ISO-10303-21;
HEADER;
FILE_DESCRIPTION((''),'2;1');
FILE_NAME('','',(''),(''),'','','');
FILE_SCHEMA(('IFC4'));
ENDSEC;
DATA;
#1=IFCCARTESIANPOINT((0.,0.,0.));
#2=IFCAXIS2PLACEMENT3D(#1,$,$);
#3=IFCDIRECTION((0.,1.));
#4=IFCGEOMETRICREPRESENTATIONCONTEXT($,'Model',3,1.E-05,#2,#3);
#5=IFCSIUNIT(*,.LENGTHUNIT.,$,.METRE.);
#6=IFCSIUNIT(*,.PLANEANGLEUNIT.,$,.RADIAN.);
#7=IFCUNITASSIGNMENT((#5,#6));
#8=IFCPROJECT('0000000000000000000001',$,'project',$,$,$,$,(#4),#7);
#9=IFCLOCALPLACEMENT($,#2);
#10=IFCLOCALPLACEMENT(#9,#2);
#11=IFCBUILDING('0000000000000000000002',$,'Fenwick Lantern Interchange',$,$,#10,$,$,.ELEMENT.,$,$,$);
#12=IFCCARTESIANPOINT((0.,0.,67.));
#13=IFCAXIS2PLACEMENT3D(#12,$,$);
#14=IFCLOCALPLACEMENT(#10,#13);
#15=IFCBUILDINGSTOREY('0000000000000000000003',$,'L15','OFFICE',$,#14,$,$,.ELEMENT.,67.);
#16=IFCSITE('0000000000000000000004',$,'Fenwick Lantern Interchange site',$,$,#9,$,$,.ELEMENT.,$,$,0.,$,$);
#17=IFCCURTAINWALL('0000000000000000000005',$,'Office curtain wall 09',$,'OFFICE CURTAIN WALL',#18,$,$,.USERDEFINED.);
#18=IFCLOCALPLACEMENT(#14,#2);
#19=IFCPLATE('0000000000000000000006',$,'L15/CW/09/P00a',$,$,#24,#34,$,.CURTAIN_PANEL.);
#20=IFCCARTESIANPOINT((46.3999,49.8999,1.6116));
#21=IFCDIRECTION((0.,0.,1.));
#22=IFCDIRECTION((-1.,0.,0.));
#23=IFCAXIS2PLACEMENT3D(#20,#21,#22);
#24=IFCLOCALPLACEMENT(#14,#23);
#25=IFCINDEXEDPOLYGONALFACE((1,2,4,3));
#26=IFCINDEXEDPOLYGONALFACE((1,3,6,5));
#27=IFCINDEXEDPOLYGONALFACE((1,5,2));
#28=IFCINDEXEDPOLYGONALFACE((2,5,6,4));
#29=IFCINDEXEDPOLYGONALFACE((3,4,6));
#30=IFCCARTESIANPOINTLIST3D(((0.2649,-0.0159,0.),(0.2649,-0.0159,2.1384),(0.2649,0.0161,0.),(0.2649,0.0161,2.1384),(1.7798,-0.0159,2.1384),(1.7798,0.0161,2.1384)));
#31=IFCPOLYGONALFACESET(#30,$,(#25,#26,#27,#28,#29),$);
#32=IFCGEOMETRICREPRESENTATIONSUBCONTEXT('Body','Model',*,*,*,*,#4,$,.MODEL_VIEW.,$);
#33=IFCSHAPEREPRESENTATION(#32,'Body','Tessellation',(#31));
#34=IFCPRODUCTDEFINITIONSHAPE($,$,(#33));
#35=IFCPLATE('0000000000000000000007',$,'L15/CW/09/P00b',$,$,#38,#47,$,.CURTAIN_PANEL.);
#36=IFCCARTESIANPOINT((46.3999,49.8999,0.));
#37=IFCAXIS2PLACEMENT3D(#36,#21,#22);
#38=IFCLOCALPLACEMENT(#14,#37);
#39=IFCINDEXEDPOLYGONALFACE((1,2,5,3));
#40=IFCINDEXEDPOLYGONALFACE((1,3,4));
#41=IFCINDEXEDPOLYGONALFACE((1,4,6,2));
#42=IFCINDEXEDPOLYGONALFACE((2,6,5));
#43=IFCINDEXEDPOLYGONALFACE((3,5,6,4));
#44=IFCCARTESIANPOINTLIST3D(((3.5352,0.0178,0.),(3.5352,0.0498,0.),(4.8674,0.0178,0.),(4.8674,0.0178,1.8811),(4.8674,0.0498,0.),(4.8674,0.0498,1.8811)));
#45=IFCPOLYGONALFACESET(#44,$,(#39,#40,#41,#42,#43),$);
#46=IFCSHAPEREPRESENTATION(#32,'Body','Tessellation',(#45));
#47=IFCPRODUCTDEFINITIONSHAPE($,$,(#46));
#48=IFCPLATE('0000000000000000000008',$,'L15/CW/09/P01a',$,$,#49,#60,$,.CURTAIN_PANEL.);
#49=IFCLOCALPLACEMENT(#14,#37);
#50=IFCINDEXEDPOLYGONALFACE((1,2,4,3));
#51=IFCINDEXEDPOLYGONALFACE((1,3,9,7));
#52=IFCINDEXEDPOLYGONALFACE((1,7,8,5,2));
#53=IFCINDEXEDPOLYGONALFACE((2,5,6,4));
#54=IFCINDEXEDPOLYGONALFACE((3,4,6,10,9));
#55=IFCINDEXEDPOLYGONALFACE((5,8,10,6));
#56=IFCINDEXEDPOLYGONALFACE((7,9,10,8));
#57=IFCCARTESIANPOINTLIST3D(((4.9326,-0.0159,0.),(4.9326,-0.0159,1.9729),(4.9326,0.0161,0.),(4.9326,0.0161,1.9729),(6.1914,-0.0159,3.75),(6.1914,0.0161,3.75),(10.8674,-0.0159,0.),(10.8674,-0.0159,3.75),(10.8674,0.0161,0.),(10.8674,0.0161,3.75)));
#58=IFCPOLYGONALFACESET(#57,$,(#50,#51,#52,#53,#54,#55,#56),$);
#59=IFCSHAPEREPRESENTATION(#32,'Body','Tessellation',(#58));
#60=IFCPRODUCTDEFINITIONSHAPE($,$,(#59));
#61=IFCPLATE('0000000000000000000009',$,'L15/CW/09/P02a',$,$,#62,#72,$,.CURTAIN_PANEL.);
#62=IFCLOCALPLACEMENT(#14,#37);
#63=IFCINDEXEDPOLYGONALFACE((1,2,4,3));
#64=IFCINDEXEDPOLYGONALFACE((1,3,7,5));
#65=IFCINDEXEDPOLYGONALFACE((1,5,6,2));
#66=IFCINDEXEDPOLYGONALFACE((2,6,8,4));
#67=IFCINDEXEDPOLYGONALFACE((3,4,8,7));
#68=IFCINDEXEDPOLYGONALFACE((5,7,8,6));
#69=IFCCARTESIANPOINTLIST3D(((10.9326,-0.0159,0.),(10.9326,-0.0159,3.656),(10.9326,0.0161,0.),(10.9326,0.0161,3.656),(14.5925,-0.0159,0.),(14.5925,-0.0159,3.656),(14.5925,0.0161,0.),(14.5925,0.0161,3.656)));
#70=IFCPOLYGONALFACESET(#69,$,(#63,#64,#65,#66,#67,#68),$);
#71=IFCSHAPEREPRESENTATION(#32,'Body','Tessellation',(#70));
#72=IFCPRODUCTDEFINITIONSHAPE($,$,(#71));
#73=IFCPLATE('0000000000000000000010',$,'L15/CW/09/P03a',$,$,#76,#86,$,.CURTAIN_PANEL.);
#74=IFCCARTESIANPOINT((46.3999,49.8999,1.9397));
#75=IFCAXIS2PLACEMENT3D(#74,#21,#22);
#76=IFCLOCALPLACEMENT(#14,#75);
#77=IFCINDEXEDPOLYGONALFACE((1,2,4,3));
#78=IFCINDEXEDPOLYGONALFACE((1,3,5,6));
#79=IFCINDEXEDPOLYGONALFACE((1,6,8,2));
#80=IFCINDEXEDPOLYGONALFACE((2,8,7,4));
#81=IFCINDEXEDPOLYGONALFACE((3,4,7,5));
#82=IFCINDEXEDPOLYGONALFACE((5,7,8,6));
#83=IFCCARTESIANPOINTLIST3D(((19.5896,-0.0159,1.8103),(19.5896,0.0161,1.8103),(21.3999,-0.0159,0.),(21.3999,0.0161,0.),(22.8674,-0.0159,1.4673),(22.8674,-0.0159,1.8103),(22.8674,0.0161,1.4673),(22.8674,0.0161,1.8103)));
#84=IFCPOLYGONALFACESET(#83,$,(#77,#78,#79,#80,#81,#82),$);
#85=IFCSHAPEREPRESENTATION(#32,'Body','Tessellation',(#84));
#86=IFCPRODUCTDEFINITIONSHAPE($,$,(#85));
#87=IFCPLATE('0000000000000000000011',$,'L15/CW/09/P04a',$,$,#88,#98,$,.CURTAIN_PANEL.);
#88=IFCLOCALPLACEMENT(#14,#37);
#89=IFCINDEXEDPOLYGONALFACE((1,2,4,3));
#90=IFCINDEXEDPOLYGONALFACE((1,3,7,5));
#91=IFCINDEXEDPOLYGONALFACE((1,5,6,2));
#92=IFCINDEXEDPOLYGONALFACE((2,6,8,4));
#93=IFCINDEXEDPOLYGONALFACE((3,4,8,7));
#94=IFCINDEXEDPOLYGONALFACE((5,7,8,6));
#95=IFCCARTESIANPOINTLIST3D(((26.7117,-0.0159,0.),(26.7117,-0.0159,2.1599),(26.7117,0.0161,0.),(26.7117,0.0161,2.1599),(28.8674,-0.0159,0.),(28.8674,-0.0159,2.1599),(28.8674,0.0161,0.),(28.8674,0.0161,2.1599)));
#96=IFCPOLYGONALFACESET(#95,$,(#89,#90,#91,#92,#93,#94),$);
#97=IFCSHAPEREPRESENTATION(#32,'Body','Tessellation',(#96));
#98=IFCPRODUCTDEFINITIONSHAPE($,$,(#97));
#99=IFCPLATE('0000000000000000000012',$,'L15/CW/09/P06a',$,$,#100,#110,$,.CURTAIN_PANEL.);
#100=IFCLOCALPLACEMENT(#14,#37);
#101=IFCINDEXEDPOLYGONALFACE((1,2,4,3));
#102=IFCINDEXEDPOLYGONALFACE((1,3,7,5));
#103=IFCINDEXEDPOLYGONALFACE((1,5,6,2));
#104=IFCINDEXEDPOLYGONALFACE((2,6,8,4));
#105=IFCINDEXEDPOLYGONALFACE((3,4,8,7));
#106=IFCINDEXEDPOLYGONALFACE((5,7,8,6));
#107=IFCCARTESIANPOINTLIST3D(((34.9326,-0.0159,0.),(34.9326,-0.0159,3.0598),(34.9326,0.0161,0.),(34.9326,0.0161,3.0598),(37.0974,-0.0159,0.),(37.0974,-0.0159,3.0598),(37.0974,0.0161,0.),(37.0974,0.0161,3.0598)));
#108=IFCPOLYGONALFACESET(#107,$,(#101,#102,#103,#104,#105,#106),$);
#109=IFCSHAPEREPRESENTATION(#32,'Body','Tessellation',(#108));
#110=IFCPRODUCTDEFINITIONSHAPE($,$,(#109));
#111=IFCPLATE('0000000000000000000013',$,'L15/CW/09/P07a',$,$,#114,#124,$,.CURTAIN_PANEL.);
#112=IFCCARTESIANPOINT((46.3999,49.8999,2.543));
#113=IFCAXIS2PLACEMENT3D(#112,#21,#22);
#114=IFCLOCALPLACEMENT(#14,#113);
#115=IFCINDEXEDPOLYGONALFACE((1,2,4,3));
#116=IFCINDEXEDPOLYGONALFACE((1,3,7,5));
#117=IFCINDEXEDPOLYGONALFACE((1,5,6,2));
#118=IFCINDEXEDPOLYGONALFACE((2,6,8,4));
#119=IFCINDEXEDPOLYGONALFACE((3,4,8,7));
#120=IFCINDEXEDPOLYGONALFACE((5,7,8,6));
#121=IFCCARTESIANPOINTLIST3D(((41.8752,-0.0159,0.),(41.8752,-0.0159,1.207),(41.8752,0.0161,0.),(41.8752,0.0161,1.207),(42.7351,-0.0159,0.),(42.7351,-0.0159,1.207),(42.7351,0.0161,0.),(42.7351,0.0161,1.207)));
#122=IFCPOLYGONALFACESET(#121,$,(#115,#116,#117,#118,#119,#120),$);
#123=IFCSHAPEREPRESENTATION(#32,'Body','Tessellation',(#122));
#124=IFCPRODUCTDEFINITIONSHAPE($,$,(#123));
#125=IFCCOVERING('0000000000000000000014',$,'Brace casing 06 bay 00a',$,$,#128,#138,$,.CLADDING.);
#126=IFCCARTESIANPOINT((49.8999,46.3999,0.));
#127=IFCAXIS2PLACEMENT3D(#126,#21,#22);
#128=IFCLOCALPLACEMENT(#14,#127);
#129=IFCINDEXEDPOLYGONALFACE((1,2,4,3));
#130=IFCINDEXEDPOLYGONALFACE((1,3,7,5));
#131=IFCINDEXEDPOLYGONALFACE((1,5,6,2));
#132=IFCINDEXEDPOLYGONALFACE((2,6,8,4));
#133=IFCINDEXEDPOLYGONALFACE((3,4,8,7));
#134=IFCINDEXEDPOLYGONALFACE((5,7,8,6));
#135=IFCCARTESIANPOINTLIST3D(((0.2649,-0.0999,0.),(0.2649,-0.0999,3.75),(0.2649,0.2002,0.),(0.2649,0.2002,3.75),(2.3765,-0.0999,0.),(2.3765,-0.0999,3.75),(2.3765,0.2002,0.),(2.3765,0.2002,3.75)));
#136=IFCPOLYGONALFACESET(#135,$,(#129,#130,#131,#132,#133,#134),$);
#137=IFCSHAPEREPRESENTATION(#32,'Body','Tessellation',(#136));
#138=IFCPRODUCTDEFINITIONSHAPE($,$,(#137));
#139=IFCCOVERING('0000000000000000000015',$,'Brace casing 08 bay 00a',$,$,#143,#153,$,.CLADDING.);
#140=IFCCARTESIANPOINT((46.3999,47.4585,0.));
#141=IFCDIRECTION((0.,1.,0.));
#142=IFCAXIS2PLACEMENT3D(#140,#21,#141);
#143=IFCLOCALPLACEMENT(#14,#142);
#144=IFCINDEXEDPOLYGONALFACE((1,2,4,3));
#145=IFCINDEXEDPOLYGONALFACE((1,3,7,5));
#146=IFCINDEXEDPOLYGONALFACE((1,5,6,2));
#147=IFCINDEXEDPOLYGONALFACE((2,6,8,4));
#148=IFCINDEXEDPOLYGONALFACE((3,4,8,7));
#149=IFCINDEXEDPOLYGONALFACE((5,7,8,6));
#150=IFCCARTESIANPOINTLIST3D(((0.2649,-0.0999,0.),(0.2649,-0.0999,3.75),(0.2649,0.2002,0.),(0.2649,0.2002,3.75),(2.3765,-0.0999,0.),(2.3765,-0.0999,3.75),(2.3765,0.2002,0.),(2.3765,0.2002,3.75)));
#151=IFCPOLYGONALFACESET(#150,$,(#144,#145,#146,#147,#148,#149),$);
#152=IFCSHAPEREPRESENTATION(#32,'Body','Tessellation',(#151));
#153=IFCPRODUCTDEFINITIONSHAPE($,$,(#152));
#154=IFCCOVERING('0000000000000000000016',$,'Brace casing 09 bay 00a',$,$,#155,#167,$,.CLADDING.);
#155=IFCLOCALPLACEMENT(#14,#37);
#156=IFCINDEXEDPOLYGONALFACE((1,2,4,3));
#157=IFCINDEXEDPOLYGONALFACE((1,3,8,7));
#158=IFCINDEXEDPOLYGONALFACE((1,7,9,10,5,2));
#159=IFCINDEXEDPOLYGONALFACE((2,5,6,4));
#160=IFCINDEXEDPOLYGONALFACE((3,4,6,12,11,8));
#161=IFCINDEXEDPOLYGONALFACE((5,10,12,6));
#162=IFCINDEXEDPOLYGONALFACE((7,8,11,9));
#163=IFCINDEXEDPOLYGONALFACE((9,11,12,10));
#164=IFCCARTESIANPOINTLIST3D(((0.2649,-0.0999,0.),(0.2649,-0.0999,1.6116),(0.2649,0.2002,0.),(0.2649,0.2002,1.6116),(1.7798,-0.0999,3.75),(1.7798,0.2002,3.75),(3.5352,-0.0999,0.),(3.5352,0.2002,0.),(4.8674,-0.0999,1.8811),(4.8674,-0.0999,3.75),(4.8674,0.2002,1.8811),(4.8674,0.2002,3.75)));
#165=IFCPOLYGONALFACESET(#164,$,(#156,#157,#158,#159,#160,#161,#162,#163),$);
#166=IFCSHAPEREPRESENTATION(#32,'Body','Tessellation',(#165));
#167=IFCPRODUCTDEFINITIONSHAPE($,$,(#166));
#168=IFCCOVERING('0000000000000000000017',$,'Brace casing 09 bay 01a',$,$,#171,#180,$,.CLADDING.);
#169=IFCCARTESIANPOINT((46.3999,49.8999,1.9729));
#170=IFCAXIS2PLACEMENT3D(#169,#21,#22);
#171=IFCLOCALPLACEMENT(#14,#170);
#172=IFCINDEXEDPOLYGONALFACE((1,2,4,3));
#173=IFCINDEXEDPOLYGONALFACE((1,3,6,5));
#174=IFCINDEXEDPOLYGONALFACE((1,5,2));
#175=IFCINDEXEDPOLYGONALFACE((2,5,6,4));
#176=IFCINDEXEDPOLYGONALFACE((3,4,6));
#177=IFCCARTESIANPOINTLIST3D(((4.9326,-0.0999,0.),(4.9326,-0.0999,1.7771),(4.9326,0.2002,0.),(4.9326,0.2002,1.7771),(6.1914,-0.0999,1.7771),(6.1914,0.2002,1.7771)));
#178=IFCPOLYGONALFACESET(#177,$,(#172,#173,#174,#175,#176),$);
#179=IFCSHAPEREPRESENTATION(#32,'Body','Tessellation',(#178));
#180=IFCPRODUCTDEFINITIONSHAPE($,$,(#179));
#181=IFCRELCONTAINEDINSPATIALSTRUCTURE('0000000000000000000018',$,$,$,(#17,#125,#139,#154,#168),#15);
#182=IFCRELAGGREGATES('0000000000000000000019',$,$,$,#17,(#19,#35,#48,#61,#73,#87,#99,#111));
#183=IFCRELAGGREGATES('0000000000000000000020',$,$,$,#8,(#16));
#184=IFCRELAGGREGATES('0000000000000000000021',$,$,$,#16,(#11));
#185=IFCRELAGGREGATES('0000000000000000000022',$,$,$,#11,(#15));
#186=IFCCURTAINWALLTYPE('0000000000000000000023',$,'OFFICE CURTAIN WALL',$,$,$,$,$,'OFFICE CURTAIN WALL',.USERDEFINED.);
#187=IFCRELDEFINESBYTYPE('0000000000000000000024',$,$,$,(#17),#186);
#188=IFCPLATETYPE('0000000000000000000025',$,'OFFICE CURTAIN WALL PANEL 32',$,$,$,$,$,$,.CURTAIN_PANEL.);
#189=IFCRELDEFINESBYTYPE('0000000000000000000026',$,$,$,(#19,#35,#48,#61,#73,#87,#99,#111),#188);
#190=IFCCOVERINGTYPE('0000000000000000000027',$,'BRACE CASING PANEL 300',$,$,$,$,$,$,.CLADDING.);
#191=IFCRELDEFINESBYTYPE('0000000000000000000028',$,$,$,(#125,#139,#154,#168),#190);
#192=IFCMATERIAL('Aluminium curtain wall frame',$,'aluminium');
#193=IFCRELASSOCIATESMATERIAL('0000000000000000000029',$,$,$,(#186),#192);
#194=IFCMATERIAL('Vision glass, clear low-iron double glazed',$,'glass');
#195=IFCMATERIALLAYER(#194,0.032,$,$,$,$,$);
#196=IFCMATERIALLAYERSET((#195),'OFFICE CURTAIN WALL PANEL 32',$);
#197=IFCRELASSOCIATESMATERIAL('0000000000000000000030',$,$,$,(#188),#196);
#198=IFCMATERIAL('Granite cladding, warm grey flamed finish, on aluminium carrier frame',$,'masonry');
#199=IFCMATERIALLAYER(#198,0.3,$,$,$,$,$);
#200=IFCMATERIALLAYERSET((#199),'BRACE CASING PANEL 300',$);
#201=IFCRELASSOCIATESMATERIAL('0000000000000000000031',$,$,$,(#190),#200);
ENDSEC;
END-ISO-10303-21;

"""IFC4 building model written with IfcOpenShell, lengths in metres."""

from ifc_helpers import new_model, si_unit, direction, frame, origin, place, context, subcontext, project, spatial, polyline, outline, extrude, material, layer, layer_set, type_object, element, aggregate, save


model = new_model("IFC4")

# Units and contexts
model_context = context("Model", 3, precision=1e-05, world=origin(), true_north=direction((0.0, 1.0)))
body_context = subcontext(model_context, "Body", "Model", "MODEL_VIEW")
ifc_project = project(units=[si_unit("LENGTHUNIT", "METRE"), si_unit("PLANEANGLEUNIT", "RADIAN")], contexts=[model_context])

# Site, building, storey
site_placement = place(None, origin())
site = spatial("IfcSite", under=ifc_project, at=site_placement, Name="Fenwick Lantern Interchange site", CompositionType="ELEMENT", RefElevation=0.0)
building_placement = place(site_placement, origin())
building = spatial("IfcBuilding", under=site, at=building_placement, Name="Fenwick Lantern Interchange", CompositionType="ELEMENT")
storey_placement = place(building_placement, frame((0.0, 0.0, 67.0)))
storey = spatial("IfcBuildingStorey", under=building, at=storey_placement, Name="L15", Description="OFFICE", CompositionType="ELEMENT", Elevation=67.0)

# Shared definitions
ifc_material_1 = material(Name="Aluminium curtain wall frame", Category="aluminium")
curtain_wall_type = type_object("IfcCurtainWallType", Name="OFFICE CURTAIN WALL", ElementType="OFFICE CURTAIN WALL", PredefinedType="USERDEFINED", material=ifc_material_1)

# Curtain wall
curtain_wall_1_placement = place(storey_placement, origin())
curtain_wall_1 = element("IfcCurtainWall", 1, at=curtain_wall_1_placement, inside=storey, type_object=curtain_wall_type, Name="Office curtain wall 09", ObjectType="OFFICE CURTAIN WALL", PredefinedType="USERDEFINED")

# Plates
ifc_material_2 = material(Name="Vision glass, clear low-iron double glazed", Category="glass")
ifc_layer_1 = layer(ifc_material_2, 0.032)
ifc_layer_set_1 = layer_set([ifc_layer_1], Name="OFFICE CURTAIN WALL PANEL 32")
plate_type = type_object("IfcPlateType", Name="OFFICE CURTAIN WALL PANEL 32", PredefinedType="CURTAIN_PANEL", material=ifc_layer_set_1)
plate_1_placement = place(storey_placement, frame((46.3999, 49.8999, 1.6116), z_axis=(0.0, 0.0, 1.0), x_axis=(-1.0, 0.0, 0.0)))
plate_1 = element("IfcPlate", 2, at=plate_1_placement, type_object=plate_type, Name="L15/CW/09/P00a", PredefinedType="CURTAIN_PANEL", context=body_context, shape_type="SweptSolid", body=[
    extrude(outline(polyline([(0.2649, 0.0), (1.7798, 2.1384), (0.2649, 2.1384), (0.2649, 0.0)])), frame((0.0, 0.0161, 0.0), z_axis=(0.0, -1.0, 0.0), x_axis=(1.0, 0.0, 0.0)), (0.0, 0.0, 1.0), 0.032),
])
plate_2_placement = place(storey_placement, frame((46.3999, 49.8999, 0.0), z_axis=(0.0, 0.0, 1.0), x_axis=(-1.0, 0.0, 0.0)))
plate_2 = element("IfcPlate", 3, at=plate_2_placement, type_object=plate_type, Name="L15/CW/09/P00b", PredefinedType="CURTAIN_PANEL", context=body_context, shape_type="SweptSolid", body=[
    extrude(outline(polyline([(3.5352, 0.0), (4.8674, 0.0), (4.8674, 1.8811), (3.5352, 0.0)])), frame((0.0, 0.0498, 0.0), z_axis=(0.0, -1.0, 0.0), x_axis=(1.0, 0.0, 0.0)), (0.0, 0.0, 1.0), 0.032),
])
plate_3_placement = place(storey_placement, frame((46.3999, 49.8999, 0.0), z_axis=(0.0, 0.0, 1.0), x_axis=(-1.0, 0.0, 0.0)))
plate_3 = element("IfcPlate", 4, at=plate_3_placement, type_object=plate_type, Name="L15/CW/09/P01a", PredefinedType="CURTAIN_PANEL", context=body_context, shape_type="SweptSolid", body=[
    extrude(outline(polyline([(4.9326, 0.0), (10.8674, 0.0), (10.8674, 3.75), (6.1914, 3.75), (4.9326, 1.9729), (4.9326, 0.0)])), frame((0.0, 0.0161, 0.0), z_axis=(0.0, -1.0, 0.0), x_axis=(1.0, 0.0, 0.0)), (0.0, 0.0, 1.0), 0.032),
])
plate_4_placement = place(storey_placement, frame((46.3999, 49.8999, 0.0), z_axis=(0.0, 0.0, 1.0), x_axis=(-1.0, 0.0, 0.0)))
plate_4 = element("IfcPlate", 5, at=plate_4_placement, type_object=plate_type, Name="L15/CW/09/P02a", PredefinedType="CURTAIN_PANEL", context=body_context, shape_type="SweptSolid", body=[
    extrude(outline(polyline([(10.9326, 0.0), (14.5925, 0.0), (14.5925, 3.656), (10.9326, 3.656), (10.9326, 0.0)])), frame((0.0, 0.0161, 0.0), z_axis=(0.0, -1.0, 0.0), x_axis=(1.0, 0.0, 0.0)), (0.0, 0.0, 1.0), 0.032),
])
plate_5_placement = place(storey_placement, frame((46.3999, 49.8999, 1.9397), z_axis=(0.0, 0.0, 1.0), x_axis=(-1.0, 0.0, 0.0)))
plate_5 = element("IfcPlate", 6, at=plate_5_placement, type_object=plate_type, Name="L15/CW/09/P03a", PredefinedType="CURTAIN_PANEL", context=body_context, shape_type="SweptSolid", body=[
    extrude(outline(polyline([(21.3999, 0.0), (22.8674, 1.4673), (22.8674, 1.8103), (19.5896, 1.8103), (21.3999, 0.0)])), frame((0.0, 0.0161, 0.0), z_axis=(0.0, -1.0, 0.0), x_axis=(1.0, 0.0, 0.0)), (0.0, 0.0, 1.0), 0.032),
])
plate_6_placement = place(storey_placement, frame((46.3999, 49.8999, 0.0), z_axis=(0.0, 0.0, 1.0), x_axis=(-1.0, 0.0, 0.0)))
plate_6 = element("IfcPlate", 7, at=plate_6_placement, type_object=plate_type, Name="L15/CW/09/P04a", PredefinedType="CURTAIN_PANEL", context=body_context, shape_type="SweptSolid", body=[
    extrude(outline(polyline([(26.7117, 0.0), (28.8674, 0.0), (28.8674, 2.1599), (26.7117, 2.1599), (26.7117, 0.0)])), frame((0.0, 0.0161, 0.0), z_axis=(0.0, -1.0, 0.0), x_axis=(1.0, 0.0, 0.0)), (0.0, 0.0, 1.0), 0.032),
])
plate_7_placement = place(storey_placement, frame((46.3999, 49.8999, 0.0), z_axis=(0.0, 0.0, 1.0), x_axis=(-1.0, 0.0, 0.0)))
plate_7 = element("IfcPlate", 8, at=plate_7_placement, type_object=plate_type, Name="L15/CW/09/P06a", PredefinedType="CURTAIN_PANEL", context=body_context, shape_type="SweptSolid", body=[
    extrude(outline(polyline([(34.9326, 0.0), (37.0974, 0.0), (37.0974, 3.0598), (34.9326, 3.0598), (34.9326, 0.0)])), frame((0.0, 0.0161, 0.0), z_axis=(0.0, -1.0, 0.0), x_axis=(1.0, 0.0, 0.0)), (0.0, 0.0, 1.0), 0.032),
])
plate_8_placement = place(storey_placement, frame((46.3999, 49.8999, 2.543), z_axis=(0.0, 0.0, 1.0), x_axis=(-1.0, 0.0, 0.0)))
plate_8 = element("IfcPlate", 9, at=plate_8_placement, type_object=plate_type, Name="L15/CW/09/P07a", PredefinedType="CURTAIN_PANEL", context=body_context, shape_type="SweptSolid", body=[
    extrude(outline(polyline([(41.8752, 0.0), (42.7351, 0.0), (42.7351, 1.207), (41.8752, 1.207), (41.8752, 0.0)])), frame((0.0, 0.0161, 0.0), z_axis=(0.0, -1.0, 0.0), x_axis=(1.0, 0.0, 0.0)), (0.0, 0.0, 1.0), 0.032),
])
aggregate(curtain_wall_1, [plate_1, plate_2, plate_3, plate_4, plate_5, plate_6, plate_7, plate_8])

# Coverings
ifc_material_3 = material(Name="Granite cladding, warm grey flamed finish, on aluminium carrier frame", Category="masonry")
ifc_layer_2 = layer(ifc_material_3, 0.3)
ifc_layer_set_2 = layer_set([ifc_layer_2], Name="BRACE CASING PANEL 300")
covering_type = type_object("IfcCoveringType", Name="BRACE CASING PANEL 300", PredefinedType="CLADDING", material=ifc_layer_set_2)
for number, where, z_axis, x_axis, name in (
    (10, (49.8999, 46.3999, 0.0), (0.0, 0.0, 1.0), (-1.0, 0.0, 0.0), "Brace casing 06 bay 00a"),
    (11, (46.3999, 47.4585, 0.0), (0.0, 0.0, 1.0), (0.0, 1.0, 0.0), "Brace casing 08 bay 00a"),
):
    element("IfcCovering", number, at=place(storey_placement, frame(where, z_axis=z_axis, x_axis=x_axis)), inside=storey, type_object=covering_type, Name=name, PredefinedType="CLADDING", context=body_context, shape_type="SweptSolid", body=[
        extrude(outline(polyline([(0.2649, 0.0), (2.3765, 0.0), (2.3765, 3.75), (0.2649, 3.75), (0.2649, 0.0)])), frame((0.0, 0.2002, 0.0), z_axis=(0.0, -1.0, 0.0), x_axis=(1.0, 0.0, 0.0)), (0.0, 0.0, 1.0), 0.3),
    ])
covering_1_placement = place(storey_placement, frame((46.3999, 49.8999, 0.0), z_axis=(0.0, 0.0, 1.0), x_axis=(-1.0, 0.0, 0.0)))
element("IfcCovering", 12, at=covering_1_placement, inside=storey, type_object=covering_type, Name="Brace casing 09 bay 00a", PredefinedType="CLADDING", context=body_context, shape_type="SweptSolid", body=[
    extrude(outline(polyline([(0.2649, 0.0), (3.5352, 0.0), (4.8674, 1.8811), (4.8674, 3.75), (1.7798, 3.75), (0.2649, 1.6116), (0.2649, 0.0)])), frame((0.0, 0.2002, 0.0), z_axis=(0.0, -1.0, 0.0), x_axis=(1.0, 0.0, 0.0)), (0.0, 0.0, 1.0), 0.3),
])
covering_2_placement = place(storey_placement, frame((46.3999, 49.8999, 1.9729), z_axis=(0.0, 0.0, 1.0), x_axis=(-1.0, 0.0, 0.0)))
element("IfcCovering", 13, at=covering_2_placement, inside=storey, type_object=covering_type, Name="Brace casing 09 bay 01a", PredefinedType="CLADDING", context=body_context, shape_type="SweptSolid", body=[
    extrude(outline(polyline([(4.9326, 0.0), (6.1914, 1.7771), (4.9326, 1.7771), (4.9326, 0.0)])), frame((0.0, 0.2002, 0.0), z_axis=(0.0, -1.0, 0.0), x_axis=(1.0, 0.0, 0.0)), (0.0, 0.0, 1.0), 0.3),
])

save(model, "model.ifc")
